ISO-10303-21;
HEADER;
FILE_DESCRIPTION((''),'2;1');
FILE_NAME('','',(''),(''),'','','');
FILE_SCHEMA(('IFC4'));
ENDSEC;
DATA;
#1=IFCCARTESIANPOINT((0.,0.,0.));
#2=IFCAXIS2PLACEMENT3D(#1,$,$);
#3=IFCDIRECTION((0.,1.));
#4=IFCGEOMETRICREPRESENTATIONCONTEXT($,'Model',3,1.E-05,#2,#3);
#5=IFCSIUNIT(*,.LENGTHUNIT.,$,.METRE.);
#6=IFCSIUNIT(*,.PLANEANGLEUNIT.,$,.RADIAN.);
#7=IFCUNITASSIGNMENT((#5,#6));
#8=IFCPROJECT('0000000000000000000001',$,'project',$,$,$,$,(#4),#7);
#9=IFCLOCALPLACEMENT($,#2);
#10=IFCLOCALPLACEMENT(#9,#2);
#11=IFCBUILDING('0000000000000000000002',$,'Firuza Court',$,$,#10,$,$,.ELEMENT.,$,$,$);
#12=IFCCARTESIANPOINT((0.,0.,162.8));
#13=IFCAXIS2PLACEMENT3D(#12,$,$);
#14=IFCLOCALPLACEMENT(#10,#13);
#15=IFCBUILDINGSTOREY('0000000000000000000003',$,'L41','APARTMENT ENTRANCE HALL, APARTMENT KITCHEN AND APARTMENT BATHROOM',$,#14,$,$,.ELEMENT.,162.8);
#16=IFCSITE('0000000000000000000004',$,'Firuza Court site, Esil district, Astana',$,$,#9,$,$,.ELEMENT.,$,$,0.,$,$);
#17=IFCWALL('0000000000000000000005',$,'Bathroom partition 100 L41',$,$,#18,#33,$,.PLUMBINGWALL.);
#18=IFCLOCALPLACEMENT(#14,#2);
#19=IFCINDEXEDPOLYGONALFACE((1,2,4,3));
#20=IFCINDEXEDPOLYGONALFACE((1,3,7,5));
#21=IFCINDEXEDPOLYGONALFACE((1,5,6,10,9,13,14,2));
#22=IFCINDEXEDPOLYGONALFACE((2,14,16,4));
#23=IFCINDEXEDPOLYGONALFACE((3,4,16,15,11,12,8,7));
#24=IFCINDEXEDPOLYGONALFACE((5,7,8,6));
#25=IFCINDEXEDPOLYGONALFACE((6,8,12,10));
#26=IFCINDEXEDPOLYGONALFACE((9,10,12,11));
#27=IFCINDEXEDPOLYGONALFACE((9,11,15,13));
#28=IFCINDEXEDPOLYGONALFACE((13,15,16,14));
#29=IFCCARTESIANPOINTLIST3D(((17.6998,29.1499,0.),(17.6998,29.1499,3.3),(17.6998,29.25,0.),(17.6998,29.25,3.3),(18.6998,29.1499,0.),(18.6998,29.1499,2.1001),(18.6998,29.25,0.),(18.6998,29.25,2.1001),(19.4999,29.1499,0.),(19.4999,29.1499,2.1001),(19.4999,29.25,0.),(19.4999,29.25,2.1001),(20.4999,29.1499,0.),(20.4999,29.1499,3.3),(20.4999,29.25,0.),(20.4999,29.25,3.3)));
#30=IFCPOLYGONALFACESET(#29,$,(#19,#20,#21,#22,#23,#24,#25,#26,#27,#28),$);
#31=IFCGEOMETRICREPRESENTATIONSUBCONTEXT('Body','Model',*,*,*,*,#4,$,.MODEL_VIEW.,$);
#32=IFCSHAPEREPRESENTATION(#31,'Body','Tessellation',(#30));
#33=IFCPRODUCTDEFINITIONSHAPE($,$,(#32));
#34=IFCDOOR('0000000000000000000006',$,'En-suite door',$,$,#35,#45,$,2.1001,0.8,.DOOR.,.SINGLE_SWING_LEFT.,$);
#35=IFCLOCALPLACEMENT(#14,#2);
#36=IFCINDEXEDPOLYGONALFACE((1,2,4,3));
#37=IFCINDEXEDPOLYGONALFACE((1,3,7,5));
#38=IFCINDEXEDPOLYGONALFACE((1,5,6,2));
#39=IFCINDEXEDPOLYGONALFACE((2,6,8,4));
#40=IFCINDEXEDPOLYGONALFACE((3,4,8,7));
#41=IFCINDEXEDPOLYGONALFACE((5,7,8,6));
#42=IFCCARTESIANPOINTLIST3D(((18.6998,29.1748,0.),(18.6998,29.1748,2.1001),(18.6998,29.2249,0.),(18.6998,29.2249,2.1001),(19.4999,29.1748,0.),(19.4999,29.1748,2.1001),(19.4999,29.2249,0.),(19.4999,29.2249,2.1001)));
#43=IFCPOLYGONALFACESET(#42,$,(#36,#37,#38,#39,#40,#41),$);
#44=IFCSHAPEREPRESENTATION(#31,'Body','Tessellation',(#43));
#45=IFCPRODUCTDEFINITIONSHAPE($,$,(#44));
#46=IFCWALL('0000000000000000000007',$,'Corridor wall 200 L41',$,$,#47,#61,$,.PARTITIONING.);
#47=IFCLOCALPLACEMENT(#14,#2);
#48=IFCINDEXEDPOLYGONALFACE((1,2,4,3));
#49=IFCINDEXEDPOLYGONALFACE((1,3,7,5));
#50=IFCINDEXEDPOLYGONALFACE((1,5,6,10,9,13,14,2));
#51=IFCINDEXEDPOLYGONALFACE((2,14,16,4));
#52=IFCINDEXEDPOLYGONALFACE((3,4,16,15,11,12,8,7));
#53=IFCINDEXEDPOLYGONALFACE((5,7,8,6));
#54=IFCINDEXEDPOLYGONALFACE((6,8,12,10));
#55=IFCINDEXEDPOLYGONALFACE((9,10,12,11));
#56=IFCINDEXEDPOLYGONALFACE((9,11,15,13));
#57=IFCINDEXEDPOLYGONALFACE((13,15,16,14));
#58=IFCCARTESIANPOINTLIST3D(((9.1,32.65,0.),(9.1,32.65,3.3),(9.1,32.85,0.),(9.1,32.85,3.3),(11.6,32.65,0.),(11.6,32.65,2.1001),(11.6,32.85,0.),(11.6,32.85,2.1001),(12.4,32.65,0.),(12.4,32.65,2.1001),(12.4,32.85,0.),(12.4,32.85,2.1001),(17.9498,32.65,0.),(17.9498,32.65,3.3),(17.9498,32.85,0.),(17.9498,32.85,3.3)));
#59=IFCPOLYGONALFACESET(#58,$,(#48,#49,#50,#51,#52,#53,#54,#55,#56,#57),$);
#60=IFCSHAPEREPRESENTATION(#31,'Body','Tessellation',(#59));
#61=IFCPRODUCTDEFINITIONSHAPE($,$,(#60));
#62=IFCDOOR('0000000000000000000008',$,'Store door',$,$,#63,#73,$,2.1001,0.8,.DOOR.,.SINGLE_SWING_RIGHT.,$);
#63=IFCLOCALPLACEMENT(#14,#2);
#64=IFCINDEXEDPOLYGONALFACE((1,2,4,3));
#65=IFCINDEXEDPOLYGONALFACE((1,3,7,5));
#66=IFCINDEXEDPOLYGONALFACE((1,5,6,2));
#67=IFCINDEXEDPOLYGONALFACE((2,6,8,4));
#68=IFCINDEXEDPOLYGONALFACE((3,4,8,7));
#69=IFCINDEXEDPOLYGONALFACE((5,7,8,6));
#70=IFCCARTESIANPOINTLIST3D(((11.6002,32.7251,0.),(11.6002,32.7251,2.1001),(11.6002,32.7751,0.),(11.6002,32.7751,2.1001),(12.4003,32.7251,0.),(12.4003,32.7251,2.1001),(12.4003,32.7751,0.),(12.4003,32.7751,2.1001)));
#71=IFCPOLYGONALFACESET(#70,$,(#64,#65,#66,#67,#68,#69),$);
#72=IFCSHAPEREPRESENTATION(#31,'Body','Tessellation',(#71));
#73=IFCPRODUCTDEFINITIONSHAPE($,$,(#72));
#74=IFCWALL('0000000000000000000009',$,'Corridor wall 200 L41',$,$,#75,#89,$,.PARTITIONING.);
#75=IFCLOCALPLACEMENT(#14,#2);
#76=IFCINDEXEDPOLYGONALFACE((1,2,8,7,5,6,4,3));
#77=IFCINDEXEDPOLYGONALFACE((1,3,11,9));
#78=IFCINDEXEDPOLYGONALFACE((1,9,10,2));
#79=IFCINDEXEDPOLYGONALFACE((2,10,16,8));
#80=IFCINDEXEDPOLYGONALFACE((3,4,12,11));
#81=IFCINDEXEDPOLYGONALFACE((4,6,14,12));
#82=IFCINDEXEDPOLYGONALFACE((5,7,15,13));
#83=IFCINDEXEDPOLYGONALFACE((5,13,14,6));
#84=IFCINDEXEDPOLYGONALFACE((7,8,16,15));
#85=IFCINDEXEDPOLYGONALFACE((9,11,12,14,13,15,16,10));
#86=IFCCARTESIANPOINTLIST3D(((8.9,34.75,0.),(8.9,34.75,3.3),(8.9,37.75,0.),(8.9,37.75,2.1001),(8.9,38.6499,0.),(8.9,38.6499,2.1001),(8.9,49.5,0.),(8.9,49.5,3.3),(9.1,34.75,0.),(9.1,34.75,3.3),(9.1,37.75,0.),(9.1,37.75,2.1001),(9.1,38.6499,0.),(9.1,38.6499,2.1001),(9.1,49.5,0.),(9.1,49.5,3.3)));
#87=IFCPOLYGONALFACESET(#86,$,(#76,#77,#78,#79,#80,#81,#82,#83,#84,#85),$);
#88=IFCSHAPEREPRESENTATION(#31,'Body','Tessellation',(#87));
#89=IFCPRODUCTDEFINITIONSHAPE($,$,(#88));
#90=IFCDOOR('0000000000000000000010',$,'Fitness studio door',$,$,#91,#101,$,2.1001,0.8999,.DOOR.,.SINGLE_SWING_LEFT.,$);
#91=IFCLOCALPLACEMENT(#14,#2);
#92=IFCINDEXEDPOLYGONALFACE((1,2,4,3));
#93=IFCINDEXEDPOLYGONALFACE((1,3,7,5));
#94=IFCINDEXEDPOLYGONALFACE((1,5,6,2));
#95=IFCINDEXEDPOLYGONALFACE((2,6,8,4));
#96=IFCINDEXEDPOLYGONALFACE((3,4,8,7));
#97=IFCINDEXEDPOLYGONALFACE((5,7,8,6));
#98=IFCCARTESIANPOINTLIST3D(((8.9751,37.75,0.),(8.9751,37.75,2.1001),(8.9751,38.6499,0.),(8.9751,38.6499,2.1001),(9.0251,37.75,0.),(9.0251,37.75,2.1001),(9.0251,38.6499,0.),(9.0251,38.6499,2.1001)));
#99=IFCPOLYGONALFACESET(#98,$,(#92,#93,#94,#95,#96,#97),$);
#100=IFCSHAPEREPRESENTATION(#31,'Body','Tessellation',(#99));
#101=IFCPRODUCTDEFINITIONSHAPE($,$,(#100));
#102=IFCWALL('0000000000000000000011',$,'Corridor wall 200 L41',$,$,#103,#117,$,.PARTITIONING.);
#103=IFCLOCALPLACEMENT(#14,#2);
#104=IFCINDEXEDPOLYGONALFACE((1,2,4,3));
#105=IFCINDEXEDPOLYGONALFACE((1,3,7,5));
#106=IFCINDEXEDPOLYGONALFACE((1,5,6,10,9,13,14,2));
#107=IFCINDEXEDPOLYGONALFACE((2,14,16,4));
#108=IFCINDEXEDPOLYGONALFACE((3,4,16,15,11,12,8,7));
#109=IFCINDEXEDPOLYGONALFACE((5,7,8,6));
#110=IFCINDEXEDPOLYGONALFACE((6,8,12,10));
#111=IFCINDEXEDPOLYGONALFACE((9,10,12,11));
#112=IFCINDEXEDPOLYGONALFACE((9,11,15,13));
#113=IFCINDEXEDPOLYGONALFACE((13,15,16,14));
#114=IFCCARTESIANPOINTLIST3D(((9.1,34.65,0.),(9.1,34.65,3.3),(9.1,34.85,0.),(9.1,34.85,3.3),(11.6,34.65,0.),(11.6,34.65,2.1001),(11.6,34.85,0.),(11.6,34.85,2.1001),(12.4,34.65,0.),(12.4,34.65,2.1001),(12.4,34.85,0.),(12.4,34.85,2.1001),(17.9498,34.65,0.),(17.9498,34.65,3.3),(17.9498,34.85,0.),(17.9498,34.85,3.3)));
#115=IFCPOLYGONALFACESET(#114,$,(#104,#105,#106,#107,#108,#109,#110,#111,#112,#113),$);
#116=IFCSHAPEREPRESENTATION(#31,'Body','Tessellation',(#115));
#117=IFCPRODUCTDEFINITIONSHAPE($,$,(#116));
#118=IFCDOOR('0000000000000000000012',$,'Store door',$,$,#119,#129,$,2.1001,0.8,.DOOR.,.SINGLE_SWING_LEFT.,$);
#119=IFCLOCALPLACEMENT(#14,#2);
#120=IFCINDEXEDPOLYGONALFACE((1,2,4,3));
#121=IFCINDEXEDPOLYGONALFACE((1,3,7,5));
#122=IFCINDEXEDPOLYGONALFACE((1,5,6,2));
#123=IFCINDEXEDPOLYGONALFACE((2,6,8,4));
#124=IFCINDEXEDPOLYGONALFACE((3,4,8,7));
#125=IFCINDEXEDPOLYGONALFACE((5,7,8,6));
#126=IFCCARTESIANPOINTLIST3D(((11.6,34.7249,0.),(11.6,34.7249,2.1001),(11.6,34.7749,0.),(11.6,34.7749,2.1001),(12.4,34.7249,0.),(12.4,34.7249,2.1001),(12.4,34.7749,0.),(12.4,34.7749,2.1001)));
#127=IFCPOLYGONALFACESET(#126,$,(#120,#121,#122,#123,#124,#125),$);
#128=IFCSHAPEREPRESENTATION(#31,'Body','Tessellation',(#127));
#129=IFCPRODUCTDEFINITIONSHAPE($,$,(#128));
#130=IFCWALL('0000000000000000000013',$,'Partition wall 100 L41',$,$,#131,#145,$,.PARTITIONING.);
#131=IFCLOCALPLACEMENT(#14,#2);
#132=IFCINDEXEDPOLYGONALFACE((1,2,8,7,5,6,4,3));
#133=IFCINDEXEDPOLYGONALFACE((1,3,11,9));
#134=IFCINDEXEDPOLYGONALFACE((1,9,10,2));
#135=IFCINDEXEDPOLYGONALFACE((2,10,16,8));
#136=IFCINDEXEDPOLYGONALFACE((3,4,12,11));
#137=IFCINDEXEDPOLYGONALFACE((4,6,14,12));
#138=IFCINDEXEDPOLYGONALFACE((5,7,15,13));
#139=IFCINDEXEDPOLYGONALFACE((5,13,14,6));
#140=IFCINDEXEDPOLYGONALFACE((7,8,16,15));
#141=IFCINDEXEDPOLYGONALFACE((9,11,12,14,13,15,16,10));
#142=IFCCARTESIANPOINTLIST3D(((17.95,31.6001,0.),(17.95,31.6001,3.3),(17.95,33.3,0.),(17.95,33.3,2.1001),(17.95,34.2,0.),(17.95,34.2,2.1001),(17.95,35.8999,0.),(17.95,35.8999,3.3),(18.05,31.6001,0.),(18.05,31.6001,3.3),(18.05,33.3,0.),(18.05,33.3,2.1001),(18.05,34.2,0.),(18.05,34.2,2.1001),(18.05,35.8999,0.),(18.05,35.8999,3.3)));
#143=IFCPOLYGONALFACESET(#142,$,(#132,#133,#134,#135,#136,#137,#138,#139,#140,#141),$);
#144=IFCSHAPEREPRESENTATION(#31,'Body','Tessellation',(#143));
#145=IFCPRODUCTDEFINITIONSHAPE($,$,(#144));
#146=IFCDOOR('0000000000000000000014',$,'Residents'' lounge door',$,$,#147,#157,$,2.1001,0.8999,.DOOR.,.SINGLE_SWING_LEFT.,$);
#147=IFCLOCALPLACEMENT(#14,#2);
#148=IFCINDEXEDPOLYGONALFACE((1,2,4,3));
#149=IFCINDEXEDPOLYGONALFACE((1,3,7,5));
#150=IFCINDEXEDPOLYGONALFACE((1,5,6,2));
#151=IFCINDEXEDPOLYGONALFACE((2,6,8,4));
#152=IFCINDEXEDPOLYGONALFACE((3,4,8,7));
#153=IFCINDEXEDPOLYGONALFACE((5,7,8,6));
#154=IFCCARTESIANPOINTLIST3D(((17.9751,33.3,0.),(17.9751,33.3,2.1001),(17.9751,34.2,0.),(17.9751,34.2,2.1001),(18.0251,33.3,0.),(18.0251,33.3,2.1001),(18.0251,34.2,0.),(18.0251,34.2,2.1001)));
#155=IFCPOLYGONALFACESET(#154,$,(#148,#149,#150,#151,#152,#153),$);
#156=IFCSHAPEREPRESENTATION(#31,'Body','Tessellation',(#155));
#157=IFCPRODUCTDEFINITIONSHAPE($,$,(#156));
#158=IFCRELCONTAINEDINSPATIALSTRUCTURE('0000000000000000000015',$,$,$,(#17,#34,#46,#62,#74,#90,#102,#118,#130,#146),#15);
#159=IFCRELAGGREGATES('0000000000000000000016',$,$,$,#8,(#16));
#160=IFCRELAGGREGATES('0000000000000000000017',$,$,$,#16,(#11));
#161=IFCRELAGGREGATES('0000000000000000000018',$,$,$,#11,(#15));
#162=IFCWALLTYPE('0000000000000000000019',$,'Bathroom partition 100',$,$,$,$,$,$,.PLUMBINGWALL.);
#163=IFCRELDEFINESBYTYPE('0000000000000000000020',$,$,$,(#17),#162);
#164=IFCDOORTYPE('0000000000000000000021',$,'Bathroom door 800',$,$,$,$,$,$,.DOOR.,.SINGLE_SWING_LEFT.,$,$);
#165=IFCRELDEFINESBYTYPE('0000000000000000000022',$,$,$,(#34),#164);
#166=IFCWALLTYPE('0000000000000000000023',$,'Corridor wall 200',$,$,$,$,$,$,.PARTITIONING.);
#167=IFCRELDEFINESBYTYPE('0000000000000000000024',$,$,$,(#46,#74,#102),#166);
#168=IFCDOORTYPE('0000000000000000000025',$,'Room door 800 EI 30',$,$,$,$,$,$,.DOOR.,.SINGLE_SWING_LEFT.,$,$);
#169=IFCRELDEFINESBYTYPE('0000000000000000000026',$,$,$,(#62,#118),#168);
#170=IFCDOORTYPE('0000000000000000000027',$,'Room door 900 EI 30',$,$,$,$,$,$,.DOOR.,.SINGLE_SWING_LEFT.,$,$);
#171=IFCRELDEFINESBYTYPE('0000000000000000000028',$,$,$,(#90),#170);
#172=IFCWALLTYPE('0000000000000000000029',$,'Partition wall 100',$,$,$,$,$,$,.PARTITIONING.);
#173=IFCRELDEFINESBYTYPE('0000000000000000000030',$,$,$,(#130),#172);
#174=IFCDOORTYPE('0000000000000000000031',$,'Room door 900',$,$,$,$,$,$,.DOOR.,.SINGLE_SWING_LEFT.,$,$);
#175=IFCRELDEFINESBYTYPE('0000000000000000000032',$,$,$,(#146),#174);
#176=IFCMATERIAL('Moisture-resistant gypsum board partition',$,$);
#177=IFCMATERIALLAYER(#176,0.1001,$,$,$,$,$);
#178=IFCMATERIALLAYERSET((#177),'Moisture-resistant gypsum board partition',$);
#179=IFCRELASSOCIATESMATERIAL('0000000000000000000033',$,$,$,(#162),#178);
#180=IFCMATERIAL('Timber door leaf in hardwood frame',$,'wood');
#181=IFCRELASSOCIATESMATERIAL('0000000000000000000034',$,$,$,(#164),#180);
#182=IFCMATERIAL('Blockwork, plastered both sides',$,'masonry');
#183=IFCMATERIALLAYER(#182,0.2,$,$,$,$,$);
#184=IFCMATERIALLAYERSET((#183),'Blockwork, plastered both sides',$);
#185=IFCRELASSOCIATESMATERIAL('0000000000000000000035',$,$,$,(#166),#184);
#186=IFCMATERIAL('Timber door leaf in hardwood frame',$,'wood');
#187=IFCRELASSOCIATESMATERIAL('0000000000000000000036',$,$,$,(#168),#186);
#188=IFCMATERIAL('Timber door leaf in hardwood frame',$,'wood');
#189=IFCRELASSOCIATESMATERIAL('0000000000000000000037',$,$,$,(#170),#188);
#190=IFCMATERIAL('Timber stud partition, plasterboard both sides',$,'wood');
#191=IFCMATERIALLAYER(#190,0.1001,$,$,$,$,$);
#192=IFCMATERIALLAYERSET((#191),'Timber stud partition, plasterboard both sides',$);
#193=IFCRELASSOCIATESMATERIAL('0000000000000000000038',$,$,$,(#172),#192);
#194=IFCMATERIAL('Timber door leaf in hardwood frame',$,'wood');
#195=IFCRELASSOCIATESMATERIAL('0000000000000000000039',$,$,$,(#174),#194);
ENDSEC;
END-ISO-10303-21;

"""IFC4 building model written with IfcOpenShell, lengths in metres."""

from ifc_helpers import new_model, si_unit, direction, frame, frame_2d, origin, place, context, subcontext, project, spatial, rectangle, extrude, material, layer, layer_set, type_object, element, fill, save


model = new_model("IFC4")

# Units and contexts
model_context = context("Model", 3, precision=1e-05, world=origin(), true_north=direction((0.0, 1.0)))
body_context = subcontext(model_context, "Body", "Model", "MODEL_VIEW")
ifc_project = project(units=[si_unit("LENGTHUNIT", "METRE"), si_unit("PLANEANGLEUNIT", "RADIAN")], contexts=[model_context])

# Site, building, storey
site_placement = place(None, origin())
site = spatial("IfcSite", under=ifc_project, at=site_placement, Name="Firuza Court site, Esil district, Astana", CompositionType="ELEMENT", RefElevation=0.0)
building_placement = place(site_placement, origin())
building = spatial("IfcBuilding", under=site, at=building_placement, Name="Firuza Court", CompositionType="ELEMENT")
storey_placement = place(building_placement, frame((0.0, 0.0, 162.8)))
storey = spatial("IfcBuildingStorey", under=building, at=storey_placement, Name="L41", Description="APARTMENT ENTRANCE HALL, APARTMENT KITCHEN AND APARTMENT BATHROOM", CompositionType="ELEMENT", Elevation=162.8)

# Walls, openings, doors
ifc_material_1 = material(Name="Moisture-resistant gypsum board partition")
ifc_layer_1 = layer(ifc_material_1, 0.1001)
ifc_layer_set_1 = layer_set([ifc_layer_1], Name="Moisture-resistant gypsum board partition")
wall_type_1 = type_object("IfcWallType", Name="Bathroom partition 100", PredefinedType="PLUMBINGWALL", material=ifc_layer_set_1)
wall_1_placement = place(storey_placement, frame((17.7, 29.2, 0.0), z_axis=(0.0, 0.0, 1.0), x_axis=(1.0, 0.0, 0.0)))
wall_1 = element("IfcWall", 1, at=wall_1_placement, inside=storey, type_object=wall_type_1, Name="Bathroom partition 100 L41", PredefinedType="PLUMBINGWALL", context=body_context, shape_type="SweptSolid", body=[
    extrude(rectangle(XDim=2.8, YDim=0.1001, at=frame_2d((1.3999, 0.0))), origin(), (0.0, 0.0, 1.0), 3.3),
])
opening_1_placement = place(wall_1_placement, frame((1.0, 0.0, 0.0)))
opening_1 = element("IfcOpeningElement", 2, at=opening_1_placement, cuts=wall_1, PredefinedType="OPENING", context=body_context, shape_type="SweptSolid", body=[
    extrude(rectangle(XDim=0.8, YDim=2.1001, at=frame_2d((0.3999, 1.05))), frame((0.0, 0.062, 0.0), z_axis=(0.0, -1.0, 0.0), x_axis=(1.0, 0.0, 0.0)), (0.0, 0.0, 1.0), 0.124),
])
ifc_material_2 = material(Name="Timber door leaf in hardwood frame", Category="wood")
door_type_1 = type_object("IfcDoorType", Name="Bathroom door 800", OperationType="SINGLE_SWING_LEFT", PredefinedType="DOOR", material=ifc_material_2)
door_1_placement = place(opening_1_placement, origin())
door_1 = element("IfcDoor", 3, at=door_1_placement, inside=storey, type_object=door_type_1, Name="En-suite door", OperationType="SINGLE_SWING_LEFT", OverallHeight=2.1001, OverallWidth=0.8, PredefinedType="DOOR", context=body_context, shape_type="SweptSolid", body=[
    extrude(rectangle(XDim=0.8, YDim=2.1001, at=frame_2d((0.3999, 1.05))), frame((0.0, 0.0249, 0.0), z_axis=(0.0, -1.0, 0.0), x_axis=(1.0, 0.0, 0.0)), (0.0, 0.0, 1.0), 0.05),
])
fill(opening_1, door_1)
ifc_material_3 = material(Name="Blockwork, plastered both sides", Category="masonry")
ifc_layer_2 = layer(ifc_material_3, 0.2)
ifc_layer_set_2 = layer_set([ifc_layer_2], Name="Blockwork, plastered both sides")
wall_type_2 = type_object("IfcWallType", Name="Corridor wall 200", PredefinedType="PARTITIONING", material=ifc_layer_set_2)
wall_2_placement = place(storey_placement, frame((9.1001, 32.75, 0.0), z_axis=(0.0, 0.0, 1.0), x_axis=(1.0, 0.0, 0.0)))
wall_2 = element("IfcWall", 4, at=wall_2_placement, inside=storey, type_object=wall_type_2, Name="Corridor wall 200 L41", PredefinedType="PARTITIONING", context=body_context, shape_type="SweptSolid", body=[
    extrude(rectangle(XDim=8.8499, YDim=0.2, at=frame_2d((4.4248, 0.0))), origin(), (0.0, 0.0, 1.0), 3.3),
])
opening_2_placement = place(wall_2_placement, frame((2.5, 0.0, 0.0)))
opening_2 = element("IfcOpeningElement", 5, at=opening_2_placement, cuts=wall_2, PredefinedType="OPENING", context=body_context, shape_type="SweptSolid", body=[
    extrude(rectangle(XDim=0.8, YDim=2.1001, at=frame_2d((0.3999, 1.05))), frame((0.0, 0.1118, 0.0), z_axis=(0.0, -1.0, 0.0), x_axis=(1.0, 0.0, 0.0)), (0.0, 0.0, 1.0), 0.2239),
])
ifc_material_4 = material(Name="Timber door leaf in hardwood frame", Category="wood")
door_type_2 = type_object("IfcDoorType", Name="Room door 800 EI 30", OperationType="SINGLE_SWING_LEFT", PredefinedType="DOOR", material=ifc_material_4)
door_2_placement = place(opening_2_placement, frame((0.8, 0.0, 0.0), z_axis=(0.0, 0.0, 1.0), x_axis=(-1.0, 0.0, 0.0)))
door_2 = element("IfcDoor", 6, at=door_2_placement, inside=storey, type_object=door_type_2, Name="Store door", OperationType="SINGLE_SWING_RIGHT", OverallHeight=2.1001, OverallWidth=0.8, PredefinedType="DOOR", context=body_context, shape_type="SweptSolid", body=[
    extrude(rectangle(XDim=0.8, YDim=2.1001, at=frame_2d((0.3999, 1.05))), frame((0.0, 0.0249, 0.0), z_axis=(0.0, -1.0, 0.0), x_axis=(1.0, 0.0, 0.0)), (0.0, 0.0, 1.0), 0.05),
])
fill(opening_2, door_2)
wall_3_placement = place(storey_placement, frame((9.0, 34.75, 0.0), z_axis=(0.0, 0.0, 1.0), x_axis=(0.0, 1.0, 0.0)))
wall_3 = element("IfcWall", 7, at=wall_3_placement, inside=storey, type_object=wall_type_2, Name="Corridor wall 200 L41", PredefinedType="PARTITIONING", context=body_context, shape_type="SweptSolid", body=[
    extrude(rectangle(XDim=14.75, YDim=0.2, at=frame_2d((7.375, 0.0))), origin(), (0.0, 0.0, 1.0), 3.3),
])
opening_3_placement = place(wall_3_placement, frame((3.0, 0.0, 0.0)))
opening_3 = element("IfcOpeningElement", 8, at=opening_3_placement, cuts=wall_3, PredefinedType="OPENING", context=body_context, shape_type="SweptSolid", body=[
    extrude(rectangle(XDim=0.8999, YDim=2.1001, at=frame_2d((0.45, 1.05))), frame((0.0, 0.1118, 0.0), z_axis=(0.0, -1.0, 0.0), x_axis=(1.0, 0.0, 0.0)), (0.0, 0.0, 1.0), 0.2239),
])
ifc_material_5 = material(Name="Timber door leaf in hardwood frame", Category="wood")
door_type_3 = type_object("IfcDoorType", Name="Room door 900 EI 30", OperationType="SINGLE_SWING_LEFT", PredefinedType="DOOR", material=ifc_material_5)
door_3_placement = place(opening_3_placement, origin())
door_3 = element("IfcDoor", 9, at=door_3_placement, inside=storey, type_object=door_type_3, Name="Fitness studio door", OperationType="SINGLE_SWING_LEFT", OverallHeight=2.1001, OverallWidth=0.8999, PredefinedType="DOOR", context=body_context, shape_type="SweptSolid", body=[
    extrude(rectangle(XDim=0.8999, YDim=2.1001, at=frame_2d((0.45, 1.05))), frame((0.0, 0.0249, 0.0), z_axis=(0.0, -1.0, 0.0), x_axis=(1.0, 0.0, 0.0)), (0.0, 0.0, 1.0), 0.05),
])
fill(opening_3, door_3)
wall_4_placement = place(storey_placement, frame((9.1001, 34.75, 0.0), z_axis=(0.0, 0.0, 1.0), x_axis=(1.0, 0.0, 0.0)))
wall_4 = element("IfcWall", 10, at=wall_4_placement, inside=storey, type_object=wall_type_2, Name="Corridor wall 200 L41", PredefinedType="PARTITIONING", context=body_context, shape_type="SweptSolid", body=[
    extrude(rectangle(XDim=8.8499, YDim=0.2, at=frame_2d((4.4248, 0.0))), origin(), (0.0, 0.0, 1.0), 3.3),
])
opening_4_placement = place(wall_4_placement, frame((2.5, 0.0, 0.0)))
opening_4 = element("IfcOpeningElement", 11, at=opening_4_placement, cuts=wall_4, PredefinedType="OPENING", context=body_context, shape_type="SweptSolid", body=[
    extrude(rectangle(XDim=0.8, YDim=2.1001, at=frame_2d((0.3999, 1.05))), frame((0.0, 0.1118, 0.0), z_axis=(0.0, -1.0, 0.0), x_axis=(1.0, 0.0, 0.0)), (0.0, 0.0, 1.0), 0.2239),
])
door_4_placement = place(opening_4_placement, origin())
door_4 = element("IfcDoor", 12, at=door_4_placement, inside=storey, type_object=door_type_2, Name="Store door", OperationType="SINGLE_SWING_LEFT", OverallHeight=2.1001, OverallWidth=0.8, PredefinedType="DOOR", context=body_context, shape_type="SweptSolid", body=[
    extrude(rectangle(XDim=0.8, YDim=2.1001, at=frame_2d((0.3999, 1.05))), frame((0.0, 0.0249, 0.0), z_axis=(0.0, -1.0, 0.0), x_axis=(1.0, 0.0, 0.0)), (0.0, 0.0, 1.0), 0.05),
])
fill(opening_4, door_4)
ifc_material_6 = material(Name="Timber stud partition, plasterboard both sides", Category="wood")
ifc_layer_3 = layer(ifc_material_6, 0.1001)
ifc_layer_set_3 = layer_set([ifc_layer_3], Name="Timber stud partition, plasterboard both sides")
wall_type_3 = type_object("IfcWallType", Name="Partition wall 100", PredefinedType="PARTITIONING", material=ifc_layer_set_3)
wall_5_placement = place(storey_placement, frame((18.0, 31.6001, 0.0), z_axis=(0.0, 0.0, 1.0), x_axis=(0.0, 1.0, 0.0)))
wall_5 = element("IfcWall", 13, at=wall_5_placement, inside=storey, type_object=wall_type_3, Name="Partition wall 100 L41", PredefinedType="PARTITIONING", context=body_context, shape_type="SweptSolid", body=[
    extrude(rectangle(XDim=4.2998, YDim=0.1001, at=frame_2d((2.1499, 0.0))), origin(), (0.0, 0.0, 1.0), 3.3),
])
opening_5_placement = place(wall_5_placement, frame((1.7, 0.0, 0.0)))
opening_5 = element("IfcOpeningElement", 14, at=opening_5_placement, cuts=wall_5, PredefinedType="OPENING", context=body_context, shape_type="SweptSolid", body=[
    extrude(rectangle(XDim=0.8999, YDim=2.1001, at=frame_2d((0.45, 1.05))), frame((0.0, 0.062, 0.0), z_axis=(0.0, -1.0, 0.0), x_axis=(1.0, 0.0, 0.0)), (0.0, 0.0, 1.0), 0.124),
])
ifc_material_7 = material(Name="Timber door leaf in hardwood frame", Category="wood")
door_type_4 = type_object("IfcDoorType", Name="Room door 900", OperationType="SINGLE_SWING_LEFT", PredefinedType="DOOR", material=ifc_material_7)
door_5_placement = place(opening_5_placement, origin())
door_5 = element("IfcDoor", 15, at=door_5_placement, inside=storey, type_object=door_type_4, Name="Residents' lounge door", OperationType="SINGLE_SWING_LEFT", OverallHeight=2.1001, OverallWidth=0.8999, PredefinedType="DOOR", context=body_context, shape_type="SweptSolid", body=[
    extrude(rectangle(XDim=0.8999, YDim=2.1001, at=frame_2d((0.45, 1.05))), frame((0.0, 0.0249, 0.0), z_axis=(0.0, -1.0, 0.0), x_axis=(1.0, 0.0, 0.0)), (0.0, 0.0, 1.0), 0.05),
])
fill(opening_5, door_5)

save(model, "model.ifc")
